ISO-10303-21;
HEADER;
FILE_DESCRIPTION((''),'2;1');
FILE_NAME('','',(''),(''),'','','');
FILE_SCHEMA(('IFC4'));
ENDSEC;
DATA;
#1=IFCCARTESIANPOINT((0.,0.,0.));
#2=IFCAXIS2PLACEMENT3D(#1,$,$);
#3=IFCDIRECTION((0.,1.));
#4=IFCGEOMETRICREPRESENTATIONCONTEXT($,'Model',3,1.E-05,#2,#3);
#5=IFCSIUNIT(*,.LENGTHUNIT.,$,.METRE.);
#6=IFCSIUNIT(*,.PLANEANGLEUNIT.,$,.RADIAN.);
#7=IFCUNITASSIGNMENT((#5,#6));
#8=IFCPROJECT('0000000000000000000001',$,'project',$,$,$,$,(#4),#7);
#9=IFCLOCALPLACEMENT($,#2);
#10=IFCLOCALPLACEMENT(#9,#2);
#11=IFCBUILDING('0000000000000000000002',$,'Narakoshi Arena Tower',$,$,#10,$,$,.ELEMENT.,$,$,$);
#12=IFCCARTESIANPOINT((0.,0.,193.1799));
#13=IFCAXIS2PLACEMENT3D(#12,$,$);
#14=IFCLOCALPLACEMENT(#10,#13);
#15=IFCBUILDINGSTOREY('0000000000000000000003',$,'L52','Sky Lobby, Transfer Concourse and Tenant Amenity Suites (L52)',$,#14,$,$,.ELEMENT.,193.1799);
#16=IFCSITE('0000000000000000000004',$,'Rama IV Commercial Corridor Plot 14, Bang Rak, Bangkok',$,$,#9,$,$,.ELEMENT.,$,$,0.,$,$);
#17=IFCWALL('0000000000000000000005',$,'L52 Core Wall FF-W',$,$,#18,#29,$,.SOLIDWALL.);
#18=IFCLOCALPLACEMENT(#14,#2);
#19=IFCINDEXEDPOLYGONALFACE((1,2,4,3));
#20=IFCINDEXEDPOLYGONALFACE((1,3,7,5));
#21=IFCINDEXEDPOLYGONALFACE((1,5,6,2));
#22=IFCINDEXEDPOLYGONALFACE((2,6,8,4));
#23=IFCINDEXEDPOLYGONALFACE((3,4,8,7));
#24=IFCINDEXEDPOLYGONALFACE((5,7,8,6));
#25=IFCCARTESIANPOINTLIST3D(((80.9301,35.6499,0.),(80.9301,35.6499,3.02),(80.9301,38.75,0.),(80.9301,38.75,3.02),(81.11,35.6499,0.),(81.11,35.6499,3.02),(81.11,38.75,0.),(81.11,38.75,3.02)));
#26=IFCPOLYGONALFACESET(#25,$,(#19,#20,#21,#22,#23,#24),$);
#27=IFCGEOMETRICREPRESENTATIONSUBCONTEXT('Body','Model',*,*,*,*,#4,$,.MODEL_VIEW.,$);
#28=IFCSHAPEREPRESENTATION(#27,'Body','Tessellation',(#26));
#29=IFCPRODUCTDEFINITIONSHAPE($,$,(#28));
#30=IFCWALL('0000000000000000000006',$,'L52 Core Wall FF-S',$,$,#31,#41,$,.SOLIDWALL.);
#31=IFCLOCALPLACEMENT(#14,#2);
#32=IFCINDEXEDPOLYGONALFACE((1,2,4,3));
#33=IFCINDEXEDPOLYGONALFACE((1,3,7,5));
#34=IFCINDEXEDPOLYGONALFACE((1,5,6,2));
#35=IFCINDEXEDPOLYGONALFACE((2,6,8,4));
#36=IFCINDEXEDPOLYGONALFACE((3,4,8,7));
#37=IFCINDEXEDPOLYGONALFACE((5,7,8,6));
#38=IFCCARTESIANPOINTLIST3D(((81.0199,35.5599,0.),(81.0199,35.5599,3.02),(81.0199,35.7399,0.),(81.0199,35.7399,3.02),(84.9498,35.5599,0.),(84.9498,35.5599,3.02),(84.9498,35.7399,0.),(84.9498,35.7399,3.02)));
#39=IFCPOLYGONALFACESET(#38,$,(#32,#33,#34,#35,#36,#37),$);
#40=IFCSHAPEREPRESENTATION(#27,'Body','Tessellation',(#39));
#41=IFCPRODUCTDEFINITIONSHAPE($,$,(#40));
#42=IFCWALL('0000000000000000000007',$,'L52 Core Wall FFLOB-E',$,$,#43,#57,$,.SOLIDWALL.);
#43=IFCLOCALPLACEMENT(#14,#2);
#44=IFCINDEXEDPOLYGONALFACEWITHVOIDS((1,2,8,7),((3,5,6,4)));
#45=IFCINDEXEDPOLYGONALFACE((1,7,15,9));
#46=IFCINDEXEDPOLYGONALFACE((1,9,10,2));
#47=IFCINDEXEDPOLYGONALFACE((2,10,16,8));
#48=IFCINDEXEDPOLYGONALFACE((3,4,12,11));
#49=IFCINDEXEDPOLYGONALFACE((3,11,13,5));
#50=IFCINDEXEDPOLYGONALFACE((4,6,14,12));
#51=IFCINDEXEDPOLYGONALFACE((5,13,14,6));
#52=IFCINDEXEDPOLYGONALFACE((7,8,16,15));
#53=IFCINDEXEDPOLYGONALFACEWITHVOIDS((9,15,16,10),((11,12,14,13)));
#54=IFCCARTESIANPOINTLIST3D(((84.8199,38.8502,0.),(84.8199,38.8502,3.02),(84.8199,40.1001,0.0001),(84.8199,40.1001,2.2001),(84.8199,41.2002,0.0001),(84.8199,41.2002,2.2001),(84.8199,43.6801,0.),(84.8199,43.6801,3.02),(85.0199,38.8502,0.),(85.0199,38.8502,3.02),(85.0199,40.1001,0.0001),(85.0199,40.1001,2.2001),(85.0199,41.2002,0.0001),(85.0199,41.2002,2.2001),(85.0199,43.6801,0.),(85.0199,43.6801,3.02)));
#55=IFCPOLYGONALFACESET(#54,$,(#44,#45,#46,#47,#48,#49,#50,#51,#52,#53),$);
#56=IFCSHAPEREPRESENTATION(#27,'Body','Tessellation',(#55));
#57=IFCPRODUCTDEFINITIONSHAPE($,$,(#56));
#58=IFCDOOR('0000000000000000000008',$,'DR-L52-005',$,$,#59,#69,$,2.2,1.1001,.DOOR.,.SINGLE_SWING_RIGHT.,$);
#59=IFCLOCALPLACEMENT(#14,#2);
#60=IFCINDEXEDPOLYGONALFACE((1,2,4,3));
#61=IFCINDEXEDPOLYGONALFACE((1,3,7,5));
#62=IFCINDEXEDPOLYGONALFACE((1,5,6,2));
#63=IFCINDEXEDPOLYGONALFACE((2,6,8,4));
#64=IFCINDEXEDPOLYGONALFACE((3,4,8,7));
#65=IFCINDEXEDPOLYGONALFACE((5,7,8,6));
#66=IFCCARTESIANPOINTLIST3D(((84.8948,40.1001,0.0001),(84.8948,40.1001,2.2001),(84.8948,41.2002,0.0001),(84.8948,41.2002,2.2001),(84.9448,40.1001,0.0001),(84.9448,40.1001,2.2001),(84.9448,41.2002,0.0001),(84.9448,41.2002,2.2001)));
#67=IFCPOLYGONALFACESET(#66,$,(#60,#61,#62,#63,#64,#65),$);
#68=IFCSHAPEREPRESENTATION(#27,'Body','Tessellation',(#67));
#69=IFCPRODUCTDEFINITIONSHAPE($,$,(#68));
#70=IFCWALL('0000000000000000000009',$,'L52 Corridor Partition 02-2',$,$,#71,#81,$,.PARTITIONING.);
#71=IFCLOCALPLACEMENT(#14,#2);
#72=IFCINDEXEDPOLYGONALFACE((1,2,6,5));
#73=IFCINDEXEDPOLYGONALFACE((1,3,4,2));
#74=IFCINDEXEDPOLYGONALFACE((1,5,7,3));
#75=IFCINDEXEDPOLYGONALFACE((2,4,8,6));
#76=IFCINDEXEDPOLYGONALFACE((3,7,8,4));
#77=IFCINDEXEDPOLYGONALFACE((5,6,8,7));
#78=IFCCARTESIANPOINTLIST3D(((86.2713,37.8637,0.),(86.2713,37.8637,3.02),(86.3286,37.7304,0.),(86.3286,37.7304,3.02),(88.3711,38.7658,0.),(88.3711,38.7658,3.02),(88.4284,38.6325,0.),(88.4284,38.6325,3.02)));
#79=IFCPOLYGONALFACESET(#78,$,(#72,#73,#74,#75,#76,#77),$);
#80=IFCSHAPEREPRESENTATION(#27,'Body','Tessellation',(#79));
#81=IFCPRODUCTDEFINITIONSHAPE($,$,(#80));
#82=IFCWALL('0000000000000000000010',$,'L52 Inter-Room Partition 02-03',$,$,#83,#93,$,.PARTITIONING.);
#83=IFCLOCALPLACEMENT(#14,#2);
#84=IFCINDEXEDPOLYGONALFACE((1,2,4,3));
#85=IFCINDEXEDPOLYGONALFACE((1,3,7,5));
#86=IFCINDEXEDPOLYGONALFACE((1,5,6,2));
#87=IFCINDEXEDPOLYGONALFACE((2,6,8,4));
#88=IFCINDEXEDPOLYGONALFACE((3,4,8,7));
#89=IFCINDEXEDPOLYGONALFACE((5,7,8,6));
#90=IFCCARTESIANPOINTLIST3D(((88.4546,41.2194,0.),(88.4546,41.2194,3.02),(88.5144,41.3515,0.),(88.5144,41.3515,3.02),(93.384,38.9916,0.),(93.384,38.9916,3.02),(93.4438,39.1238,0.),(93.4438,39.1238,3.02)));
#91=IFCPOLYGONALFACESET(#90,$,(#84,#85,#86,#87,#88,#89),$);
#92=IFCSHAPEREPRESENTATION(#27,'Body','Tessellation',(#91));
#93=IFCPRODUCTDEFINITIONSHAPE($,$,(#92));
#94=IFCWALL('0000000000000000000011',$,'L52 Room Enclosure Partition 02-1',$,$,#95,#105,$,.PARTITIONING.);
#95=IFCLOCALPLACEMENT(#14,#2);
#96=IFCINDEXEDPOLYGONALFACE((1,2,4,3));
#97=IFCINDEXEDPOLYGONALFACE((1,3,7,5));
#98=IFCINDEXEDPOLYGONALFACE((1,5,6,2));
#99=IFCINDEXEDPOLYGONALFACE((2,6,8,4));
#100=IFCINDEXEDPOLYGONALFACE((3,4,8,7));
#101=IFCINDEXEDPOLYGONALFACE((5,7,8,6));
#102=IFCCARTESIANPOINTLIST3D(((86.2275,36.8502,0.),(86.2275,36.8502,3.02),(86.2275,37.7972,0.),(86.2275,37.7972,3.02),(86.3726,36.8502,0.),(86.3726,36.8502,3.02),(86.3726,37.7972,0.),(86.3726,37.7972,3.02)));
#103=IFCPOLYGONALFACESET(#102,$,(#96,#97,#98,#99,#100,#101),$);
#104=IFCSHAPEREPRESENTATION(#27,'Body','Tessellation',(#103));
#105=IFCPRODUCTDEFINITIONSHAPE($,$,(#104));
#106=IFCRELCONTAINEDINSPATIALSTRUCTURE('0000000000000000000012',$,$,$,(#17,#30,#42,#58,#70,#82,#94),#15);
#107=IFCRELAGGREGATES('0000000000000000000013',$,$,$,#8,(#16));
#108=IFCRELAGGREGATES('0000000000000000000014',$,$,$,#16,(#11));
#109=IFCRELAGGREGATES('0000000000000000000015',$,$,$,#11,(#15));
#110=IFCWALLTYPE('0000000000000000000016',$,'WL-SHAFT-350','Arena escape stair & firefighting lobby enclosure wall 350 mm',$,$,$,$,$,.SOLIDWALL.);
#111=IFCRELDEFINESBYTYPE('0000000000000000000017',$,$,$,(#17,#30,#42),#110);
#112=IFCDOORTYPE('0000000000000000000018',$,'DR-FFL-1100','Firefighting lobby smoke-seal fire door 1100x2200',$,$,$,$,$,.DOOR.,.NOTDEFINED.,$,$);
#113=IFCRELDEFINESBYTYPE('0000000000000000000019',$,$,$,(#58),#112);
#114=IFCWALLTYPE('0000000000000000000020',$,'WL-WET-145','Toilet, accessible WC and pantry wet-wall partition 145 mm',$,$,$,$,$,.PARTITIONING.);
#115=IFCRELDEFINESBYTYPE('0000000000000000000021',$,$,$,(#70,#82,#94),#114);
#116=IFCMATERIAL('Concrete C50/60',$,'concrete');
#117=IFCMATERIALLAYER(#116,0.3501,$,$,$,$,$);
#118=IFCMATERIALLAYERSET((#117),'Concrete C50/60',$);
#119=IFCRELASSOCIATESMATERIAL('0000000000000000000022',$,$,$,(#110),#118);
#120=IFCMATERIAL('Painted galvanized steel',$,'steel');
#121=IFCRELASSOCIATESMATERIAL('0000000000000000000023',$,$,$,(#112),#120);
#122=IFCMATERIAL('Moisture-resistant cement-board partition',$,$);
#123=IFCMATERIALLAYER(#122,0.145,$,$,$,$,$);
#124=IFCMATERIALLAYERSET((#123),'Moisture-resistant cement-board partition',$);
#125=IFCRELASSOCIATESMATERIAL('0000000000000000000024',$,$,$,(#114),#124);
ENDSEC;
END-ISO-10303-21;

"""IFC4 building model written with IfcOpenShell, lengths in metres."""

from ifc_helpers import new_model, si_unit, direction, frame, frame_2d, origin, place, context, subcontext, project, spatial, rectangle, extrude, material, layer, layer_set, type_object, element, fill, save


model = new_model("IFC4")

# Units and contexts
model_context = context("Model", 3, precision=1e-05, world=origin(), true_north=direction((0.0, 1.0)))
body_context = subcontext(model_context, "Body", "Model", "MODEL_VIEW")
ifc_project = project(units=[si_unit("LENGTHUNIT", "METRE"), si_unit("PLANEANGLEUNIT", "RADIAN")], contexts=[model_context])

# Site, building, storey
site_placement = place(None, origin())
site = spatial("IfcSite", under=ifc_project, at=site_placement, Name="Rama IV Commercial Corridor Plot 14, Bang Rak, Bangkok", CompositionType="ELEMENT", RefElevation=0.0)
building_placement = place(site_placement, origin())
building = spatial("IfcBuilding", under=site, at=building_placement, Name="Narakoshi Arena Tower", CompositionType="ELEMENT")
storey_placement = place(building_placement, frame((0.0, 0.0, 193.1799)))
storey = spatial("IfcBuildingStorey", under=building, at=storey_placement, Name="L52", Description="Sky Lobby, Transfer Concourse and Tenant Amenity Suites (L52)", CompositionType="ELEMENT", Elevation=193.1799)

# Shared definitions
ifc_material_1 = material(Name="Concrete C50/60", Category="concrete")

# Shared definitions
ifc_layer_1 = layer(ifc_material_1, 0.3501)
ifc_layer_set_1 = layer_set([ifc_layer_1], Name="Concrete C50/60")
wall_type_1 = type_object("IfcWallType", Name="WL-SHAFT-350", Description="Arena escape stair & firefighting lobby enclosure wall 350 mm", PredefinedType="SOLIDWALL", material=ifc_layer_set_1)

# Shared definitions
ifc_material_2 = material(Name="Painted galvanized steel", Category="steel")

# Walls
for number, where, z_axis, x_axis, name in (
    (1, (81.02, 35.6499, 0.0), (0.0, 0.0, 1.0), (0.0, 1.0, 0.0), "L52 Core Wall FF-W"),
):
    element("IfcWall", number, at=place(storey_placement, frame(where, z_axis=z_axis, x_axis=x_axis)), inside=storey, type_object=wall_type_1, Name=name, PredefinedType="SOLIDWALL", context=body_context, shape_type="SweptSolid", body=[
        extrude(rectangle(XDim=3.1001, YDim=0.1799, at=frame_2d((1.55, 0.0))), origin(), (0.0, 0.0, 1.0), 3.02),
    ])
wall_1_placement = place(storey_placement, frame((81.02, 35.6499, 0.0), z_axis=(0.0, 0.0, 1.0), x_axis=(1.0, 0.0, 0.0)))
element("IfcWall", 2, at=wall_1_placement, inside=storey, type_object=wall_type_1, Name="L52 Core Wall FF-S", PredefinedType="SOLIDWALL", context=body_context, shape_type="SweptSolid", body=[
    extrude(rectangle(XDim=3.9299, YDim=0.1799, at=frame_2d((1.9648, 0.0))), origin(), (0.0, 0.0, 1.0), 3.02),
])

# Wall, opening, door
wall_2_placement = place(storey_placement, frame((84.9199, 38.8501, 0.0), z_axis=(0.0, 0.0, 1.0), x_axis=(0.0, 1.0, 0.0)))
wall_2 = element("IfcWall", 3, at=wall_2_placement, inside=storey, type_object=wall_type_1, Name="L52 Core Wall FFLOB-E", PredefinedType="SOLIDWALL", context=body_context, shape_type="SweptSolid", body=[
    extrude(rectangle(XDim=4.8298, YDim=0.2, at=frame_2d((2.415, 0.0))), origin(), (0.0, 0.0, 1.0), 3.02),
])
opening_1_placement = place(wall_2_placement, frame((1.25, 0.0, 0.0)))
opening_1 = element("IfcOpeningElement", 4, at=opening_1_placement, cuts=wall_2, PredefinedType="OPENING", context=body_context, shape_type="SweptSolid", body=[
    extrude(rectangle(XDim=1.1001, YDim=2.2, at=frame_2d((0.55, 1.1001))), frame((0.0, 0.1099, 0.0), z_axis=(0.0, -1.0, 0.0), x_axis=(1.0, 0.0, 0.0)), (0.0, 0.0, 1.0), 0.22),
])
door_type_1 = type_object("IfcDoorType", Name="DR-FFL-1100", Description="Firefighting lobby smoke-seal fire door 1100x2200", OperationType="NOTDEFINED", PredefinedType="DOOR", material=ifc_material_2)
door_1_placement = place(opening_1_placement, frame((1.1001, 0.0, 0.0), z_axis=(0.0, 0.0, 1.0), x_axis=(-1.0, 0.0, 0.0)))
door_1 = element("IfcDoor", 5, at=door_1_placement, inside=storey, type_object=door_type_1, Name="DR-L52-005", OperationType="SINGLE_SWING_RIGHT", OverallHeight=2.2, OverallWidth=1.1001, PredefinedType="DOOR", context=body_context, shape_type="SweptSolid", body=[
    extrude(rectangle(XDim=1.1001, YDim=2.2, at=frame_2d((0.55, 1.1001))), frame((0.0, 0.0249, 0.0), z_axis=(0.0, -1.0, 0.0), x_axis=(1.0, 0.0, 0.0)), (0.0, 0.0, 1.0), 0.05),
])
fill(opening_1, door_1)
ifc_material_3 = material(Name="Moisture-resistant cement-board partition")
ifc_layer_2 = layer(ifc_material_3, 0.145)
ifc_layer_set_2 = layer_set([ifc_layer_2], Name="Moisture-resistant cement-board partition")
wall_type_2 = type_object("IfcWallType", Name="WL-WET-145", Description="Toilet, accessible WC and pantry wet-wall partition 145 mm", PredefinedType="PARTITIONING", material=ifc_layer_set_2)

# Walls
wall_3_placement = place(storey_placement, frame((86.3, 37.7971, 0.0), z_axis=(0.0, 0.0, 1.0), x_axis=(0.918802, 0.394718, 0.0)))
element("IfcWall", 6, at=wall_3_placement, inside=storey, type_object=wall_type_2, Name="L52 Corridor Partition 02-2", PredefinedType="PARTITIONING", context=body_context, shape_type="SweptSolid", body=[
    extrude(rectangle(XDim=2.2854, YDim=0.145, at=frame_2d((1.1426, 0.0))), origin(), (0.0, 0.0, 1.0), 3.02),
])
wall_4_placement = place(storey_placement, frame((88.4846, 41.2854, 0.0), z_axis=(0.0, 0.0, 1.0), x_axis=(0.911261, -0.41183, 0.0)))
element("IfcWall", 7, at=wall_4_placement, inside=storey, type_object=wall_type_2, Name="L52 Inter-Room Partition 02-03", PredefinedType="PARTITIONING", context=body_context, shape_type="SweptSolid", body=[
    extrude(rectangle(XDim=5.4094, YDim=0.145, at=frame_2d((2.7046, 0.0))), origin(), (0.0, 0.0, 1.0), 3.02),
])
wall_5_placement = place(storey_placement, frame((86.3, 36.8501, 0.0), z_axis=(0.0, 0.0, 1.0), x_axis=(0.0, 1.0, 0.0)))
element("IfcWall", 8, at=wall_5_placement, inside=storey, type_object=wall_type_2, Name="L52 Room Enclosure Partition 02-1", PredefinedType="PARTITIONING", context=body_context, shape_type="SweptSolid", body=[
    extrude(rectangle(XDim=0.947, YDim=0.145, at=frame_2d((0.4736, 0.0))), origin(), (0.0, 0.0, 1.0), 3.02),
])

save(model, "model.ifc")
